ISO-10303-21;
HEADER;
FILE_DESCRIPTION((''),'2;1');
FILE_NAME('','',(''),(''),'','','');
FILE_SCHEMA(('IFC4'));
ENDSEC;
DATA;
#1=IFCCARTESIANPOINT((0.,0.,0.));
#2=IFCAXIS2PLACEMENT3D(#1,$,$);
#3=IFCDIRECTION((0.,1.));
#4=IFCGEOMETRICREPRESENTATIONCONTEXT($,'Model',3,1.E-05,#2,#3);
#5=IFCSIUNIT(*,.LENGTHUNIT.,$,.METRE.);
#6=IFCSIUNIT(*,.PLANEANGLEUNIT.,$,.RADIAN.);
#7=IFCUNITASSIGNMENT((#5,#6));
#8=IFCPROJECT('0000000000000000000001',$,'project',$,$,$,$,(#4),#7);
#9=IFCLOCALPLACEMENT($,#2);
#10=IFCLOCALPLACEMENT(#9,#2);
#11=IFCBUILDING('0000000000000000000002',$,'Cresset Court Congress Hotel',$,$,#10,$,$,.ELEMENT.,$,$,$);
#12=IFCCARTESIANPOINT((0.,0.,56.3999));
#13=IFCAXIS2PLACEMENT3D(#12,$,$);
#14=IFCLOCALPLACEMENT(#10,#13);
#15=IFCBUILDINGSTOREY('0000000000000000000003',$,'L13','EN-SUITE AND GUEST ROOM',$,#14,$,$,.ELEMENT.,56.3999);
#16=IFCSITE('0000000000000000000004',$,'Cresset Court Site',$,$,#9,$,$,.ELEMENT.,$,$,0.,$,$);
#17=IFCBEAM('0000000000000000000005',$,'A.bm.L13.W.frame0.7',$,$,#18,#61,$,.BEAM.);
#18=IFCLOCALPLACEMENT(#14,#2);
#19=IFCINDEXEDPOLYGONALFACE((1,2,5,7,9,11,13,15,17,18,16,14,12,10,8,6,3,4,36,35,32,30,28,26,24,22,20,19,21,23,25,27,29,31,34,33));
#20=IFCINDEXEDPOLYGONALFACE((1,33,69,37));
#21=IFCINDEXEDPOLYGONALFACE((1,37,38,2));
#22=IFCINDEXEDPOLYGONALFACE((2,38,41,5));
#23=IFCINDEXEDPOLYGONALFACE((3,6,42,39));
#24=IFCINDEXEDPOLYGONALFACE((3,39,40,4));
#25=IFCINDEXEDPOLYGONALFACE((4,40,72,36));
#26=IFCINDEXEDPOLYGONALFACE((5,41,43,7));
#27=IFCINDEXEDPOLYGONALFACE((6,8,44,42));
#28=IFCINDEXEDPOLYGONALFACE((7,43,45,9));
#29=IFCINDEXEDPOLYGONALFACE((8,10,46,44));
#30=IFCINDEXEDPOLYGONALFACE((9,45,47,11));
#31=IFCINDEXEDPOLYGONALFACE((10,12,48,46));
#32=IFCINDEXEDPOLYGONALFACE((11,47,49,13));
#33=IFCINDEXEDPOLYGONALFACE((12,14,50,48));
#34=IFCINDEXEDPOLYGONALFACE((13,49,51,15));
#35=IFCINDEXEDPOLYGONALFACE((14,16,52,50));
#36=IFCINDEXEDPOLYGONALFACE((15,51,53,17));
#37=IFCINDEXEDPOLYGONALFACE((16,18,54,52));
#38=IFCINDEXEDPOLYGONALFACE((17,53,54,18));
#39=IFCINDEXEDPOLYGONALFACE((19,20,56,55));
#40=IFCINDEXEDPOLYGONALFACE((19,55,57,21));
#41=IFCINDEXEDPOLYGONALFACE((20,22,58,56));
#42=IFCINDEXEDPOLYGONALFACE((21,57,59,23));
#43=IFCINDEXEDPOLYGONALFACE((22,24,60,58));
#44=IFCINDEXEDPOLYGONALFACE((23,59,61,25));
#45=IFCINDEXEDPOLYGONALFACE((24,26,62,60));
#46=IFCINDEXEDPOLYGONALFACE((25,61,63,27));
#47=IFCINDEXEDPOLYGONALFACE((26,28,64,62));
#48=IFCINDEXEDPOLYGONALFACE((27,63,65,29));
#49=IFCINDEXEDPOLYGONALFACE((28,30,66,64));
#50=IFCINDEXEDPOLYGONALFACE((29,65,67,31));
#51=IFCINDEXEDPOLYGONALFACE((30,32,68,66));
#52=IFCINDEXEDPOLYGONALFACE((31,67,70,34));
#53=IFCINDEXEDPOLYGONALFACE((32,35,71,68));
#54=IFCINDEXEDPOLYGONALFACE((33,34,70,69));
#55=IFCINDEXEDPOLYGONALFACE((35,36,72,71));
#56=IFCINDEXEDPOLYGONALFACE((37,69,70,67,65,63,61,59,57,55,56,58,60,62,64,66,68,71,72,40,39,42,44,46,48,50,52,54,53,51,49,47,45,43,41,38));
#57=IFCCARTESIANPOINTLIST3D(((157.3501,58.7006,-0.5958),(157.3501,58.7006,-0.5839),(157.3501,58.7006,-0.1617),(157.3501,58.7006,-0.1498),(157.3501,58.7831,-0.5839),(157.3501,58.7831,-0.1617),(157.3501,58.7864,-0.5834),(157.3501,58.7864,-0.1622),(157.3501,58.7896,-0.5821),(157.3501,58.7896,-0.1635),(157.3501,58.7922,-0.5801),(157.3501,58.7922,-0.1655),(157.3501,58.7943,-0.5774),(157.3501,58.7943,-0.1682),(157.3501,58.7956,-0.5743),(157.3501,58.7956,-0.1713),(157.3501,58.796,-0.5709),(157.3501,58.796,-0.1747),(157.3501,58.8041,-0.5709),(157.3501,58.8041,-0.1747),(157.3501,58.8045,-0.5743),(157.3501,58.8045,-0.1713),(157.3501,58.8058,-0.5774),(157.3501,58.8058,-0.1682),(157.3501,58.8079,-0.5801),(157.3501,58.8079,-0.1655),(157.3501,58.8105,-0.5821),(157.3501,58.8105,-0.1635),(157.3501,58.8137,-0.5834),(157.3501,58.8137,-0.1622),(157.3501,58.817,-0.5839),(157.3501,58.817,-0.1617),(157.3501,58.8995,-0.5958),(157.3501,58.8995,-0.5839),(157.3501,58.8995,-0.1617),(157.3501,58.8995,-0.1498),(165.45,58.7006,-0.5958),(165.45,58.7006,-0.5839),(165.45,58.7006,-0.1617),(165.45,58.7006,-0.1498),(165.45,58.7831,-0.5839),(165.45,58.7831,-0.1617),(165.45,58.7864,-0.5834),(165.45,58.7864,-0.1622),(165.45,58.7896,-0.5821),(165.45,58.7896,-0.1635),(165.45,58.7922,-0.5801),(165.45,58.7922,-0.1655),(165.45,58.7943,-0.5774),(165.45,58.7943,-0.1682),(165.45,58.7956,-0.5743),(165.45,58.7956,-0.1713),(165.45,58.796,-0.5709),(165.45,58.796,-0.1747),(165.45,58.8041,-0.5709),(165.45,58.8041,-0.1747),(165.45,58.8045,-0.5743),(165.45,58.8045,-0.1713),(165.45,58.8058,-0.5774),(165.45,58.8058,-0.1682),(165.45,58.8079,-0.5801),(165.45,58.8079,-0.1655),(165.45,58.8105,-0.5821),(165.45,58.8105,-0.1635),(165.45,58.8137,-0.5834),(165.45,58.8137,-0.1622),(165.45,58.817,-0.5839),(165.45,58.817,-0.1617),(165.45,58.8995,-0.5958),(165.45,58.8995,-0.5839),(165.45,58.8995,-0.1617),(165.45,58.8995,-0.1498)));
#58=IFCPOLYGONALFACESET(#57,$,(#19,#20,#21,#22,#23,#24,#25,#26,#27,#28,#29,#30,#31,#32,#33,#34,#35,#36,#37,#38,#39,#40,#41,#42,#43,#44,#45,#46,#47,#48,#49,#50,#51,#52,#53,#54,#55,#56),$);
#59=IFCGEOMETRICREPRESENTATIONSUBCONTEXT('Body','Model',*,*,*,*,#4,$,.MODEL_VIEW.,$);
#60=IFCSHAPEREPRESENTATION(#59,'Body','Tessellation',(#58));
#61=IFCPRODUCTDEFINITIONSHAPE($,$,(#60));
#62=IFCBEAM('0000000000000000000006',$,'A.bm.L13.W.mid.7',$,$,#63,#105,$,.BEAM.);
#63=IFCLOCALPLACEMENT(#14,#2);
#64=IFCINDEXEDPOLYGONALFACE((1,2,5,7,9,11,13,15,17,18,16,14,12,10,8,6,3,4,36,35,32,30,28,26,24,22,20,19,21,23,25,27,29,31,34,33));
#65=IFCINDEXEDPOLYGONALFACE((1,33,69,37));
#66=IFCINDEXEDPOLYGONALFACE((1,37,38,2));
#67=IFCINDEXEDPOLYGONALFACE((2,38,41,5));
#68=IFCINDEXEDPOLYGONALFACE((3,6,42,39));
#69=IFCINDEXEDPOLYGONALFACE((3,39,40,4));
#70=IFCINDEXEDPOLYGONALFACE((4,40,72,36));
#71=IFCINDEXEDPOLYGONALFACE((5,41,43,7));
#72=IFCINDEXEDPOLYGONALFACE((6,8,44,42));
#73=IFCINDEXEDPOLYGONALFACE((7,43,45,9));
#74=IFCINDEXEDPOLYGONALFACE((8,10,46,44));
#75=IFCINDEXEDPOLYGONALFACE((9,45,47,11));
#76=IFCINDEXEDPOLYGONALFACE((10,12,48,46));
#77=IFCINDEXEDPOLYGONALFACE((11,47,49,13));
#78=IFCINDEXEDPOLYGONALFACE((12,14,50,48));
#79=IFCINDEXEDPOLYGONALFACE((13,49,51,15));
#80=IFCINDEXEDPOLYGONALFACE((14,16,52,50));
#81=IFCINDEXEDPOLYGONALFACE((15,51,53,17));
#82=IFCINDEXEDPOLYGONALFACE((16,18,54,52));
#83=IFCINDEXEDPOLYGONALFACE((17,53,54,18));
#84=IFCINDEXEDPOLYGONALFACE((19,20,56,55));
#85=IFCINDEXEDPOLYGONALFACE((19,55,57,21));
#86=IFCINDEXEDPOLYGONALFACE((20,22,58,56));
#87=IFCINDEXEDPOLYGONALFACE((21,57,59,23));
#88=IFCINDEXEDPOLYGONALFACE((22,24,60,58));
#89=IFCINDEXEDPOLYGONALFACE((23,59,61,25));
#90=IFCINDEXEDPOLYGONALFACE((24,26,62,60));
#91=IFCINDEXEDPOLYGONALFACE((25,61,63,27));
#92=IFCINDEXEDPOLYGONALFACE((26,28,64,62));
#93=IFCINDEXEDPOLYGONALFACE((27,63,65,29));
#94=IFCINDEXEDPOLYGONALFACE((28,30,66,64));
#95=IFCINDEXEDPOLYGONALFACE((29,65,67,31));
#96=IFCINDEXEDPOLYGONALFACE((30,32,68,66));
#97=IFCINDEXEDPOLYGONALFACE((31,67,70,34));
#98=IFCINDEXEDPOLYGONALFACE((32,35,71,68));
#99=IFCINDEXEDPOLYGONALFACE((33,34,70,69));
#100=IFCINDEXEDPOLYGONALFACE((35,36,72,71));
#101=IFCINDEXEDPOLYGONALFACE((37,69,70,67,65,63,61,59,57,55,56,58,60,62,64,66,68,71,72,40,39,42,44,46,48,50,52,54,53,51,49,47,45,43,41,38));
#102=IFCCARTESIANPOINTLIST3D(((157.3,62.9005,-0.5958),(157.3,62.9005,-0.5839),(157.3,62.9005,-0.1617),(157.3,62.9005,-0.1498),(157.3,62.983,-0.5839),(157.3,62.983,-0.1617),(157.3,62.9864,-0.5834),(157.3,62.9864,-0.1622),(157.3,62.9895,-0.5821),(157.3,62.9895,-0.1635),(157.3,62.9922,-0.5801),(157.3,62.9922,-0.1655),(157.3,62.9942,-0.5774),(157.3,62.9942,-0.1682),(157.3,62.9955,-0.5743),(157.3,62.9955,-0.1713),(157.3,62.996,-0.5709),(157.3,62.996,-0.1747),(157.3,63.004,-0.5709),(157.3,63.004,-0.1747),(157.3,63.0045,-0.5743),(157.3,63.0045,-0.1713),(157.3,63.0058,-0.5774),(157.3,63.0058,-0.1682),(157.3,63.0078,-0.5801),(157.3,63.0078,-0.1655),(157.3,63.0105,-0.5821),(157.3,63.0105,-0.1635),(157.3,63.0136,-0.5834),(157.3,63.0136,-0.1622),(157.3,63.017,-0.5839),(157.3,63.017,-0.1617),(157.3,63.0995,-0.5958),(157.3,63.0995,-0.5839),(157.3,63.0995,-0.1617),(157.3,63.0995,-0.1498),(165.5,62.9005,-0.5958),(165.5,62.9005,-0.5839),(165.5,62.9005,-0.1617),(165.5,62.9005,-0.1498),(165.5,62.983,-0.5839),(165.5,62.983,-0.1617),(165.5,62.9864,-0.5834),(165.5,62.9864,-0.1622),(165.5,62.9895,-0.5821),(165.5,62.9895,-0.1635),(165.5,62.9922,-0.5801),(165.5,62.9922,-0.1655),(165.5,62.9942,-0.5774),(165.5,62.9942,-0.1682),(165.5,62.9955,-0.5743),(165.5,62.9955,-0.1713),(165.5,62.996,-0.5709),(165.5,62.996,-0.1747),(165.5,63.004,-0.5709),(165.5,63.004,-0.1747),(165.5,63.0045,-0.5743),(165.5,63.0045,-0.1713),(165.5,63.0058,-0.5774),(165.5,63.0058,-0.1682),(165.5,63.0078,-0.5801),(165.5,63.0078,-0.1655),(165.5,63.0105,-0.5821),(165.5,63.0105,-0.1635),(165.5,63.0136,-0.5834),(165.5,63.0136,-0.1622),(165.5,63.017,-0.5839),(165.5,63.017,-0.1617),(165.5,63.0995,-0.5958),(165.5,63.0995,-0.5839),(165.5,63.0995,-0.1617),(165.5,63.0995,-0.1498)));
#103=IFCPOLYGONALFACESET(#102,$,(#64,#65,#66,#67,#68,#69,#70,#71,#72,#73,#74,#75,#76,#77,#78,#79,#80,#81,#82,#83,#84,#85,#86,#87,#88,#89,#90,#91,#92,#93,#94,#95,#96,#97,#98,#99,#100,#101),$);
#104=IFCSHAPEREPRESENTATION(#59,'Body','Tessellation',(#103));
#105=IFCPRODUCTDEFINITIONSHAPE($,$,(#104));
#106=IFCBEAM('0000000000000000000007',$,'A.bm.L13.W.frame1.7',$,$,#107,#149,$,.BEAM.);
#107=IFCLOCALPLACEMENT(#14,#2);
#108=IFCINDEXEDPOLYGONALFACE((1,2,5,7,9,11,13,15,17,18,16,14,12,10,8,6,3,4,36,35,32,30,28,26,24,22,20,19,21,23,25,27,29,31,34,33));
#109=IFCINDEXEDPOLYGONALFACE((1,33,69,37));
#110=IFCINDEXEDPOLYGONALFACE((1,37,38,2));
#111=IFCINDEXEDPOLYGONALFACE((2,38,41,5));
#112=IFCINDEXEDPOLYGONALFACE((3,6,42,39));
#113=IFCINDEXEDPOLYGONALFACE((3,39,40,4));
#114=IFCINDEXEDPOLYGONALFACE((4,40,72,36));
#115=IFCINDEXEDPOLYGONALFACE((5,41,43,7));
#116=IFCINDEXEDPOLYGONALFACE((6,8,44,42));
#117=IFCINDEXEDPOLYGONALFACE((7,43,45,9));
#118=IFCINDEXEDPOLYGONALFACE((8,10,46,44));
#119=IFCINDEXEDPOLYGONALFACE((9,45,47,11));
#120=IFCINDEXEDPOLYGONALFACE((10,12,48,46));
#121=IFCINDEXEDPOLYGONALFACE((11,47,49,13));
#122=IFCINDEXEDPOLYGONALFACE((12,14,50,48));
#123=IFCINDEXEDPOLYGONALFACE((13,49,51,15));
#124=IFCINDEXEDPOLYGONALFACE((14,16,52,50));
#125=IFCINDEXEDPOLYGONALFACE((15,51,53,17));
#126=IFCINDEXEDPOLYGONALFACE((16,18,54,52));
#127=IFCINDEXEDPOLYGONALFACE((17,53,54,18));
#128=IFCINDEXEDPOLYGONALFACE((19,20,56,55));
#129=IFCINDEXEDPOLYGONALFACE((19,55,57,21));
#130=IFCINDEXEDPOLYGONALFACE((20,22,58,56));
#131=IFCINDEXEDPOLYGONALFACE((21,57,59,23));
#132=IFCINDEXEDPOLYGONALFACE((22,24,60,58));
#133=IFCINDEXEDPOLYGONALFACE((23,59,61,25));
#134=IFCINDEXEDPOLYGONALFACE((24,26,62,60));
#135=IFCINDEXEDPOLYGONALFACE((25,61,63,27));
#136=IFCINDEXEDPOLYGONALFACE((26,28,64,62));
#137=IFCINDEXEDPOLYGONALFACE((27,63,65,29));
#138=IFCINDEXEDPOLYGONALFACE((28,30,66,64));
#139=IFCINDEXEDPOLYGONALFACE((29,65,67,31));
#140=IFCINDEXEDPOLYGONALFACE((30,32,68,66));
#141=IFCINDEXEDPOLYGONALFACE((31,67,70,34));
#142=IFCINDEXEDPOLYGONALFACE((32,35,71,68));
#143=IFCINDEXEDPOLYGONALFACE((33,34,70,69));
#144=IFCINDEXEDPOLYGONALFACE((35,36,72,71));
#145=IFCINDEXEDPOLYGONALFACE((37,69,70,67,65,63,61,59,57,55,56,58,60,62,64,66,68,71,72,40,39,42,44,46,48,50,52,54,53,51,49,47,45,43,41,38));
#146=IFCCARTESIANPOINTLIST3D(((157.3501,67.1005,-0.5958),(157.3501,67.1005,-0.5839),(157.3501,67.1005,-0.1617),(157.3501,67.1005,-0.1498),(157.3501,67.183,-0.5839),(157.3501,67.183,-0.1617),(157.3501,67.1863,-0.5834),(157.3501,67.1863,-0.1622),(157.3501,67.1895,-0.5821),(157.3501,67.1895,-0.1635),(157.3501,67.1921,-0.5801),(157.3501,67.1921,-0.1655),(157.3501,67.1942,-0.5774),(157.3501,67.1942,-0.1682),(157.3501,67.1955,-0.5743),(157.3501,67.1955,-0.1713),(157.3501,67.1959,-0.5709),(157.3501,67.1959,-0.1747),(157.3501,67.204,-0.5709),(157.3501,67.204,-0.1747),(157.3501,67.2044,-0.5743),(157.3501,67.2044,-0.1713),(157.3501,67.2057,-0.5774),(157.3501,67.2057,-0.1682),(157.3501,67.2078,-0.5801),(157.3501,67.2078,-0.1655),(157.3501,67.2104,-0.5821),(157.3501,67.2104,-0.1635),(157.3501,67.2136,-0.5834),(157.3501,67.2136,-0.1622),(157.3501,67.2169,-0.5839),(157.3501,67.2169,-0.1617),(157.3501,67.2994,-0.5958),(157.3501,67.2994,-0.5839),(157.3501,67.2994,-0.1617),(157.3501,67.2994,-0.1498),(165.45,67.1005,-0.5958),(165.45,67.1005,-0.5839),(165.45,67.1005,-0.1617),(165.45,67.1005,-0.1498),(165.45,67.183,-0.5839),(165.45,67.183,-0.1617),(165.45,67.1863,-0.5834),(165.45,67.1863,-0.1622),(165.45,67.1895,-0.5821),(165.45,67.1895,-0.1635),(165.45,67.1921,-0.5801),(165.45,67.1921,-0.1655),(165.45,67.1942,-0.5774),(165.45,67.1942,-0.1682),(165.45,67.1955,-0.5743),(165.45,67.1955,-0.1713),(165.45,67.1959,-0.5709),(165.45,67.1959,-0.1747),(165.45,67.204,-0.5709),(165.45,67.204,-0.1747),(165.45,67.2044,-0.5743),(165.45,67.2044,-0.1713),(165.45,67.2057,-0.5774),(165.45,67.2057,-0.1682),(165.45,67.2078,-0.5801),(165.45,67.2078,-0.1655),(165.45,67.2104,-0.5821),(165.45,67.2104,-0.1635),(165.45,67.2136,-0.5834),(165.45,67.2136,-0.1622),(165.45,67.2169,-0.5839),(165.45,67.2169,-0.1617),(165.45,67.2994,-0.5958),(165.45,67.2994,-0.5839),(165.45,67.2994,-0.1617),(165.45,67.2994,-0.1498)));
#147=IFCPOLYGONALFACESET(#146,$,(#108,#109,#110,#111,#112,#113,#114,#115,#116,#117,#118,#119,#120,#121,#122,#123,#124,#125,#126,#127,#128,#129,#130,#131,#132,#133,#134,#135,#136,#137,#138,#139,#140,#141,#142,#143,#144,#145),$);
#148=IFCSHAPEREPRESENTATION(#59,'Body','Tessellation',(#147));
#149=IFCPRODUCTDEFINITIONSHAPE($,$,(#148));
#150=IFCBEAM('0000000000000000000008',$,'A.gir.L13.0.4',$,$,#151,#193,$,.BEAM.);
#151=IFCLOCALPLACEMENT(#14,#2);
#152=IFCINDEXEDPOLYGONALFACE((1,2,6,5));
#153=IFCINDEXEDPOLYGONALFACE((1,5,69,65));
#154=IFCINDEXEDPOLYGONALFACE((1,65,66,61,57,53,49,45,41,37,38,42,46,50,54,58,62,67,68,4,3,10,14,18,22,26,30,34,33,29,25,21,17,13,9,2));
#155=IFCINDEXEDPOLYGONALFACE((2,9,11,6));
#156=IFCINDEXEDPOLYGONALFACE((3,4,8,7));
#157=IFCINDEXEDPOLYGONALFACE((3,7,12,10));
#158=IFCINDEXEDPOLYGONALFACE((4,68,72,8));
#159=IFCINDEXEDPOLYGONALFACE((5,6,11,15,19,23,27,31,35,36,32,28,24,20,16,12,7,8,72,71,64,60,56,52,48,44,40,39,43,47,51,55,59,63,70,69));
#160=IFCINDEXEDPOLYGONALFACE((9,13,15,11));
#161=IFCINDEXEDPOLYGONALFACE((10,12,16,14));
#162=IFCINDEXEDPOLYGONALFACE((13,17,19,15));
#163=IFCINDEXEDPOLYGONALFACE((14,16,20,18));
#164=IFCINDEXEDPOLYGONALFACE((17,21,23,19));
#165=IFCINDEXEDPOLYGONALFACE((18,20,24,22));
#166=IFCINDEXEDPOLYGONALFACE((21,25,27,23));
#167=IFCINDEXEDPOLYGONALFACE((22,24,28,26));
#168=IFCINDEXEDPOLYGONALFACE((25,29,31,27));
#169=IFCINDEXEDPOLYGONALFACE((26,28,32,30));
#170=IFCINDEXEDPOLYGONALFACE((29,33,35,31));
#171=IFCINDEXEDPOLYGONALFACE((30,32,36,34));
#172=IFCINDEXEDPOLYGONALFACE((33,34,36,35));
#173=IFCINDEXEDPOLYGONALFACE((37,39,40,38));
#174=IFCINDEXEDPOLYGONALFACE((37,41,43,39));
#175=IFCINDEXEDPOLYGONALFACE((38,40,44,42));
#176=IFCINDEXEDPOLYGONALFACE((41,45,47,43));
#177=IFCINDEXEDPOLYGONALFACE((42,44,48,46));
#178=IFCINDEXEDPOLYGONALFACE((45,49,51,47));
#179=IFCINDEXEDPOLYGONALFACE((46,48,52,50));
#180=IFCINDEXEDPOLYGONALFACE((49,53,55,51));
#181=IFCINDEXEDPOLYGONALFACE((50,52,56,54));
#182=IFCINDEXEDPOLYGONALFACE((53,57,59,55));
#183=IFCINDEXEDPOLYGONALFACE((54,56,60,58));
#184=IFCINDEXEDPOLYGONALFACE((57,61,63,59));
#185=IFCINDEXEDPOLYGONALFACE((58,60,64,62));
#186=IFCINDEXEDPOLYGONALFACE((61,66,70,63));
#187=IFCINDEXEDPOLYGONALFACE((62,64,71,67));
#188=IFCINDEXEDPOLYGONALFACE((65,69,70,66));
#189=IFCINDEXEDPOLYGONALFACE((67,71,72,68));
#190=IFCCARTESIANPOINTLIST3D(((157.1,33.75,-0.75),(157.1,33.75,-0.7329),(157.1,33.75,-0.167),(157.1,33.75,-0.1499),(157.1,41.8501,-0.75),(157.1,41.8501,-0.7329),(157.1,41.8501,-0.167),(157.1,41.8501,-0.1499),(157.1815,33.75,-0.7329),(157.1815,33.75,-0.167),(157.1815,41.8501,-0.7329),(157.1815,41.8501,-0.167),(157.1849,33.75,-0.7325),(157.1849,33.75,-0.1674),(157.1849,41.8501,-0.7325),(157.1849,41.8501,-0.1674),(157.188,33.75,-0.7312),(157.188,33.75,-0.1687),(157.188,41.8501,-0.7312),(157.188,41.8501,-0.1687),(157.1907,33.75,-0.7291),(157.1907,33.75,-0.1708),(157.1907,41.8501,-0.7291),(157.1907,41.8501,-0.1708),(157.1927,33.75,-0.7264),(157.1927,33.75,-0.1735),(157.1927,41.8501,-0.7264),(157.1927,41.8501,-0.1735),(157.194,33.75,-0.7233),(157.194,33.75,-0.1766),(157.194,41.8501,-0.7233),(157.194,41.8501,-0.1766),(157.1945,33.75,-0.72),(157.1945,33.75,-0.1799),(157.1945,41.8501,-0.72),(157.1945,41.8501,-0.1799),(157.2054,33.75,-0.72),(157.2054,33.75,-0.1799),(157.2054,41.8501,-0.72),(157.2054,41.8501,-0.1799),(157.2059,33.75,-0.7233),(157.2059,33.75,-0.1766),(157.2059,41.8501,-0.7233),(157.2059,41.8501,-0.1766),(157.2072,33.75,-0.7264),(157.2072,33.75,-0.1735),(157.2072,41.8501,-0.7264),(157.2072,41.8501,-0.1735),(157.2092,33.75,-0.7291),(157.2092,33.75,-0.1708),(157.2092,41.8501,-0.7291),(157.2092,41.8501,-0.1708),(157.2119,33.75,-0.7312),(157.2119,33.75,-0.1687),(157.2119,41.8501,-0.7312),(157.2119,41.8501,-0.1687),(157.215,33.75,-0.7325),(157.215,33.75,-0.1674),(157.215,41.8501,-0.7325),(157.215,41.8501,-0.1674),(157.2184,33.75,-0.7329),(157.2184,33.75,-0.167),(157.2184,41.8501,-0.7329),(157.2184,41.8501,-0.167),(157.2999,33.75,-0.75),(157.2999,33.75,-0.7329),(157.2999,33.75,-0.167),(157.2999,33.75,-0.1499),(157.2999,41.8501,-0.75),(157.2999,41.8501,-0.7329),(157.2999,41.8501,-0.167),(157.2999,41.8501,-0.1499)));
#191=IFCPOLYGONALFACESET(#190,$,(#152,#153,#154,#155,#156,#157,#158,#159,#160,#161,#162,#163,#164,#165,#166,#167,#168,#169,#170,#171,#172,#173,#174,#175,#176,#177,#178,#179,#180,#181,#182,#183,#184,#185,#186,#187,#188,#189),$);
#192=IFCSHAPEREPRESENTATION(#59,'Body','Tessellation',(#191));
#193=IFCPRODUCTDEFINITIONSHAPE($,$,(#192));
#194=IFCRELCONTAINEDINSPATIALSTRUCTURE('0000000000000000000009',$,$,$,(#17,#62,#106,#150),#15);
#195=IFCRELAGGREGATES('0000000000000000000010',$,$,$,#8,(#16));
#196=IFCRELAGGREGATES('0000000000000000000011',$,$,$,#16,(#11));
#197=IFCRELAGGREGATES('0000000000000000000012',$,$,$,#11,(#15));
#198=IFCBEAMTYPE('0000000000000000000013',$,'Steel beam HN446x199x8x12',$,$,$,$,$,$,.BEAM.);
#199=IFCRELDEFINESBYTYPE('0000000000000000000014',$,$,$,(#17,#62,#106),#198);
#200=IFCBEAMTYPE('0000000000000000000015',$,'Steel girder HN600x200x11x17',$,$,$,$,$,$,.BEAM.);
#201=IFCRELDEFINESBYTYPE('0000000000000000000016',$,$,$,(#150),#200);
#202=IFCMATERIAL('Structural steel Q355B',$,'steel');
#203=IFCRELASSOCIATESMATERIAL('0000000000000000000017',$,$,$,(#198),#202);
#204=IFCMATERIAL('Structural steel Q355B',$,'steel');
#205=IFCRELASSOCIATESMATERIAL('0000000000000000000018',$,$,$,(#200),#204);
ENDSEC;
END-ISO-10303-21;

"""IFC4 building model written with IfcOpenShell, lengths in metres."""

from ifc_helpers import new_model, si_unit, direction, frame, origin, origin_2d, place, context, subcontext, project, spatial, i_section, extrude, material, material_profile, profile_set, type_object, element, save


model = new_model("IFC4")

# Units and contexts
model_context = context("Model", 3, precision=1e-05, world=origin(), true_north=direction((0.0, 1.0)))
body_context = subcontext(model_context, "Body", "Model", "MODEL_VIEW")
ifc_project = project(units=[si_unit("LENGTHUNIT", "METRE"), si_unit("PLANEANGLEUNIT", "RADIAN")], contexts=[model_context])

# Site, building, storey
site_placement = place(None, origin())
site = spatial("IfcSite", under=ifc_project, at=site_placement, Name="Cresset Court Site", CompositionType="ELEMENT", RefElevation=0.0)
building_placement = place(site_placement, origin())
building = spatial("IfcBuilding", under=site, at=building_placement, Name="Cresset Court Congress Hotel", CompositionType="ELEMENT")
storey_placement = place(building_placement, frame((0.0, 0.0, 56.3999)))
storey = spatial("IfcBuildingStorey", under=building, at=storey_placement, Name="L13", Description="EN-SUITE AND GUEST ROOM", CompositionType="ELEMENT", Elevation=56.3999)

# Beams
ifc_material_1 = material(Name="Structural steel Q355B", Category="steel")
ifc_material_profile_1 = material_profile(ifc_material_1, i_section(OverallWidth=0.199, OverallDepth=0.446, WebThickness=0.0081, FlangeThickness=0.012, FilletRadius=0.0129, at=origin_2d()), Name="HN446x199x8x12")
ifc_profile_set_1 = profile_set([ifc_material_profile_1], Name="Structural steel Q355B")
beam_type_1 = type_object("IfcBeamType", Name="Steel beam HN446x199x8x12", PredefinedType="BEAM", material=ifc_profile_set_1)
beam_1_placement = place(storey_placement, frame((157.3501, 58.8, -0.3728), z_axis=(1.0, 0.0, 0.0), x_axis=(0.0, 1.0, 0.0)))
element("IfcBeam", 1, at=beam_1_placement, inside=storey, type_object=beam_type_1, Name="A.bm.L13.W.frame0.7", PredefinedType="BEAM", context=body_context, shape_type="SweptSolid", body=[
    extrude(i_section(OverallWidth=0.199, OverallDepth=0.446, WebThickness=0.0081, FlangeThickness=0.012, FilletRadius=0.0129, at=origin_2d()), origin(), (0.0, 0.0, 1.0), 8.0999),
])
beam_2_placement = place(storey_placement, frame((157.3, 63.0, -0.3728), z_axis=(1.0, 0.0, 0.0), x_axis=(0.0, 1.0, 0.0)))
element("IfcBeam", 2, at=beam_2_placement, inside=storey, type_object=beam_type_1, Name="A.bm.L13.W.mid.7", PredefinedType="BEAM", context=body_context, shape_type="SweptSolid", body=[
    extrude(i_section(OverallWidth=0.199, OverallDepth=0.446, WebThickness=0.0081, FlangeThickness=0.012, FilletRadius=0.0129, at=origin_2d()), origin(), (0.0, 0.0, 1.0), 8.2),
])
beam_3_placement = place(storey_placement, frame((157.3501, 67.2, -0.3728), z_axis=(1.0, 0.0, 0.0), x_axis=(0.0, 1.0, 0.0)))
element("IfcBeam", 3, at=beam_3_placement, inside=storey, type_object=beam_type_1, Name="A.bm.L13.W.frame1.7", PredefinedType="BEAM", context=body_context, shape_type="SweptSolid", body=[
    extrude(i_section(OverallWidth=0.199, OverallDepth=0.446, WebThickness=0.0081, FlangeThickness=0.012, FilletRadius=0.0129, at=origin_2d()), origin(), (0.0, 0.0, 1.0), 8.0999),
])
ifc_material_2 = material(Name="Structural steel Q355B", Category="steel")
ifc_material_profile_2 = material_profile(ifc_material_2, i_section(OverallWidth=0.2, OverallDepth=0.6001, WebThickness=0.011, FlangeThickness=0.0171, FilletRadius=0.0129, at=origin_2d()), Name="HN600x200x11x17")
ifc_profile_set_2 = profile_set([ifc_material_profile_2], Name="Structural steel Q355B")
beam_type_2 = type_object("IfcBeamType", Name="Steel girder HN600x200x11x17", PredefinedType="BEAM", material=ifc_profile_set_2)
for number, where, z_axis, x_axis, name in (
    (4, (157.2, 33.75, -0.45), (0.0, 1.0, 0.0), (-1.0, 0.0, 0.0), "A.gir.L13.0.4"),
):
    element("IfcBeam", number, at=place(storey_placement, frame(where, z_axis=z_axis, x_axis=x_axis)), inside=storey, type_object=beam_type_2, Name=name, PredefinedType="BEAM", context=body_context, shape_type="SweptSolid", body=[
        extrude(i_section(OverallWidth=0.2, OverallDepth=0.6001, WebThickness=0.011, FlangeThickness=0.0171, FilletRadius=0.0129, at=origin_2d()), origin(), (0.0, 0.0, 1.0), 8.1001),
    ])

save(model, "model.ifc")
